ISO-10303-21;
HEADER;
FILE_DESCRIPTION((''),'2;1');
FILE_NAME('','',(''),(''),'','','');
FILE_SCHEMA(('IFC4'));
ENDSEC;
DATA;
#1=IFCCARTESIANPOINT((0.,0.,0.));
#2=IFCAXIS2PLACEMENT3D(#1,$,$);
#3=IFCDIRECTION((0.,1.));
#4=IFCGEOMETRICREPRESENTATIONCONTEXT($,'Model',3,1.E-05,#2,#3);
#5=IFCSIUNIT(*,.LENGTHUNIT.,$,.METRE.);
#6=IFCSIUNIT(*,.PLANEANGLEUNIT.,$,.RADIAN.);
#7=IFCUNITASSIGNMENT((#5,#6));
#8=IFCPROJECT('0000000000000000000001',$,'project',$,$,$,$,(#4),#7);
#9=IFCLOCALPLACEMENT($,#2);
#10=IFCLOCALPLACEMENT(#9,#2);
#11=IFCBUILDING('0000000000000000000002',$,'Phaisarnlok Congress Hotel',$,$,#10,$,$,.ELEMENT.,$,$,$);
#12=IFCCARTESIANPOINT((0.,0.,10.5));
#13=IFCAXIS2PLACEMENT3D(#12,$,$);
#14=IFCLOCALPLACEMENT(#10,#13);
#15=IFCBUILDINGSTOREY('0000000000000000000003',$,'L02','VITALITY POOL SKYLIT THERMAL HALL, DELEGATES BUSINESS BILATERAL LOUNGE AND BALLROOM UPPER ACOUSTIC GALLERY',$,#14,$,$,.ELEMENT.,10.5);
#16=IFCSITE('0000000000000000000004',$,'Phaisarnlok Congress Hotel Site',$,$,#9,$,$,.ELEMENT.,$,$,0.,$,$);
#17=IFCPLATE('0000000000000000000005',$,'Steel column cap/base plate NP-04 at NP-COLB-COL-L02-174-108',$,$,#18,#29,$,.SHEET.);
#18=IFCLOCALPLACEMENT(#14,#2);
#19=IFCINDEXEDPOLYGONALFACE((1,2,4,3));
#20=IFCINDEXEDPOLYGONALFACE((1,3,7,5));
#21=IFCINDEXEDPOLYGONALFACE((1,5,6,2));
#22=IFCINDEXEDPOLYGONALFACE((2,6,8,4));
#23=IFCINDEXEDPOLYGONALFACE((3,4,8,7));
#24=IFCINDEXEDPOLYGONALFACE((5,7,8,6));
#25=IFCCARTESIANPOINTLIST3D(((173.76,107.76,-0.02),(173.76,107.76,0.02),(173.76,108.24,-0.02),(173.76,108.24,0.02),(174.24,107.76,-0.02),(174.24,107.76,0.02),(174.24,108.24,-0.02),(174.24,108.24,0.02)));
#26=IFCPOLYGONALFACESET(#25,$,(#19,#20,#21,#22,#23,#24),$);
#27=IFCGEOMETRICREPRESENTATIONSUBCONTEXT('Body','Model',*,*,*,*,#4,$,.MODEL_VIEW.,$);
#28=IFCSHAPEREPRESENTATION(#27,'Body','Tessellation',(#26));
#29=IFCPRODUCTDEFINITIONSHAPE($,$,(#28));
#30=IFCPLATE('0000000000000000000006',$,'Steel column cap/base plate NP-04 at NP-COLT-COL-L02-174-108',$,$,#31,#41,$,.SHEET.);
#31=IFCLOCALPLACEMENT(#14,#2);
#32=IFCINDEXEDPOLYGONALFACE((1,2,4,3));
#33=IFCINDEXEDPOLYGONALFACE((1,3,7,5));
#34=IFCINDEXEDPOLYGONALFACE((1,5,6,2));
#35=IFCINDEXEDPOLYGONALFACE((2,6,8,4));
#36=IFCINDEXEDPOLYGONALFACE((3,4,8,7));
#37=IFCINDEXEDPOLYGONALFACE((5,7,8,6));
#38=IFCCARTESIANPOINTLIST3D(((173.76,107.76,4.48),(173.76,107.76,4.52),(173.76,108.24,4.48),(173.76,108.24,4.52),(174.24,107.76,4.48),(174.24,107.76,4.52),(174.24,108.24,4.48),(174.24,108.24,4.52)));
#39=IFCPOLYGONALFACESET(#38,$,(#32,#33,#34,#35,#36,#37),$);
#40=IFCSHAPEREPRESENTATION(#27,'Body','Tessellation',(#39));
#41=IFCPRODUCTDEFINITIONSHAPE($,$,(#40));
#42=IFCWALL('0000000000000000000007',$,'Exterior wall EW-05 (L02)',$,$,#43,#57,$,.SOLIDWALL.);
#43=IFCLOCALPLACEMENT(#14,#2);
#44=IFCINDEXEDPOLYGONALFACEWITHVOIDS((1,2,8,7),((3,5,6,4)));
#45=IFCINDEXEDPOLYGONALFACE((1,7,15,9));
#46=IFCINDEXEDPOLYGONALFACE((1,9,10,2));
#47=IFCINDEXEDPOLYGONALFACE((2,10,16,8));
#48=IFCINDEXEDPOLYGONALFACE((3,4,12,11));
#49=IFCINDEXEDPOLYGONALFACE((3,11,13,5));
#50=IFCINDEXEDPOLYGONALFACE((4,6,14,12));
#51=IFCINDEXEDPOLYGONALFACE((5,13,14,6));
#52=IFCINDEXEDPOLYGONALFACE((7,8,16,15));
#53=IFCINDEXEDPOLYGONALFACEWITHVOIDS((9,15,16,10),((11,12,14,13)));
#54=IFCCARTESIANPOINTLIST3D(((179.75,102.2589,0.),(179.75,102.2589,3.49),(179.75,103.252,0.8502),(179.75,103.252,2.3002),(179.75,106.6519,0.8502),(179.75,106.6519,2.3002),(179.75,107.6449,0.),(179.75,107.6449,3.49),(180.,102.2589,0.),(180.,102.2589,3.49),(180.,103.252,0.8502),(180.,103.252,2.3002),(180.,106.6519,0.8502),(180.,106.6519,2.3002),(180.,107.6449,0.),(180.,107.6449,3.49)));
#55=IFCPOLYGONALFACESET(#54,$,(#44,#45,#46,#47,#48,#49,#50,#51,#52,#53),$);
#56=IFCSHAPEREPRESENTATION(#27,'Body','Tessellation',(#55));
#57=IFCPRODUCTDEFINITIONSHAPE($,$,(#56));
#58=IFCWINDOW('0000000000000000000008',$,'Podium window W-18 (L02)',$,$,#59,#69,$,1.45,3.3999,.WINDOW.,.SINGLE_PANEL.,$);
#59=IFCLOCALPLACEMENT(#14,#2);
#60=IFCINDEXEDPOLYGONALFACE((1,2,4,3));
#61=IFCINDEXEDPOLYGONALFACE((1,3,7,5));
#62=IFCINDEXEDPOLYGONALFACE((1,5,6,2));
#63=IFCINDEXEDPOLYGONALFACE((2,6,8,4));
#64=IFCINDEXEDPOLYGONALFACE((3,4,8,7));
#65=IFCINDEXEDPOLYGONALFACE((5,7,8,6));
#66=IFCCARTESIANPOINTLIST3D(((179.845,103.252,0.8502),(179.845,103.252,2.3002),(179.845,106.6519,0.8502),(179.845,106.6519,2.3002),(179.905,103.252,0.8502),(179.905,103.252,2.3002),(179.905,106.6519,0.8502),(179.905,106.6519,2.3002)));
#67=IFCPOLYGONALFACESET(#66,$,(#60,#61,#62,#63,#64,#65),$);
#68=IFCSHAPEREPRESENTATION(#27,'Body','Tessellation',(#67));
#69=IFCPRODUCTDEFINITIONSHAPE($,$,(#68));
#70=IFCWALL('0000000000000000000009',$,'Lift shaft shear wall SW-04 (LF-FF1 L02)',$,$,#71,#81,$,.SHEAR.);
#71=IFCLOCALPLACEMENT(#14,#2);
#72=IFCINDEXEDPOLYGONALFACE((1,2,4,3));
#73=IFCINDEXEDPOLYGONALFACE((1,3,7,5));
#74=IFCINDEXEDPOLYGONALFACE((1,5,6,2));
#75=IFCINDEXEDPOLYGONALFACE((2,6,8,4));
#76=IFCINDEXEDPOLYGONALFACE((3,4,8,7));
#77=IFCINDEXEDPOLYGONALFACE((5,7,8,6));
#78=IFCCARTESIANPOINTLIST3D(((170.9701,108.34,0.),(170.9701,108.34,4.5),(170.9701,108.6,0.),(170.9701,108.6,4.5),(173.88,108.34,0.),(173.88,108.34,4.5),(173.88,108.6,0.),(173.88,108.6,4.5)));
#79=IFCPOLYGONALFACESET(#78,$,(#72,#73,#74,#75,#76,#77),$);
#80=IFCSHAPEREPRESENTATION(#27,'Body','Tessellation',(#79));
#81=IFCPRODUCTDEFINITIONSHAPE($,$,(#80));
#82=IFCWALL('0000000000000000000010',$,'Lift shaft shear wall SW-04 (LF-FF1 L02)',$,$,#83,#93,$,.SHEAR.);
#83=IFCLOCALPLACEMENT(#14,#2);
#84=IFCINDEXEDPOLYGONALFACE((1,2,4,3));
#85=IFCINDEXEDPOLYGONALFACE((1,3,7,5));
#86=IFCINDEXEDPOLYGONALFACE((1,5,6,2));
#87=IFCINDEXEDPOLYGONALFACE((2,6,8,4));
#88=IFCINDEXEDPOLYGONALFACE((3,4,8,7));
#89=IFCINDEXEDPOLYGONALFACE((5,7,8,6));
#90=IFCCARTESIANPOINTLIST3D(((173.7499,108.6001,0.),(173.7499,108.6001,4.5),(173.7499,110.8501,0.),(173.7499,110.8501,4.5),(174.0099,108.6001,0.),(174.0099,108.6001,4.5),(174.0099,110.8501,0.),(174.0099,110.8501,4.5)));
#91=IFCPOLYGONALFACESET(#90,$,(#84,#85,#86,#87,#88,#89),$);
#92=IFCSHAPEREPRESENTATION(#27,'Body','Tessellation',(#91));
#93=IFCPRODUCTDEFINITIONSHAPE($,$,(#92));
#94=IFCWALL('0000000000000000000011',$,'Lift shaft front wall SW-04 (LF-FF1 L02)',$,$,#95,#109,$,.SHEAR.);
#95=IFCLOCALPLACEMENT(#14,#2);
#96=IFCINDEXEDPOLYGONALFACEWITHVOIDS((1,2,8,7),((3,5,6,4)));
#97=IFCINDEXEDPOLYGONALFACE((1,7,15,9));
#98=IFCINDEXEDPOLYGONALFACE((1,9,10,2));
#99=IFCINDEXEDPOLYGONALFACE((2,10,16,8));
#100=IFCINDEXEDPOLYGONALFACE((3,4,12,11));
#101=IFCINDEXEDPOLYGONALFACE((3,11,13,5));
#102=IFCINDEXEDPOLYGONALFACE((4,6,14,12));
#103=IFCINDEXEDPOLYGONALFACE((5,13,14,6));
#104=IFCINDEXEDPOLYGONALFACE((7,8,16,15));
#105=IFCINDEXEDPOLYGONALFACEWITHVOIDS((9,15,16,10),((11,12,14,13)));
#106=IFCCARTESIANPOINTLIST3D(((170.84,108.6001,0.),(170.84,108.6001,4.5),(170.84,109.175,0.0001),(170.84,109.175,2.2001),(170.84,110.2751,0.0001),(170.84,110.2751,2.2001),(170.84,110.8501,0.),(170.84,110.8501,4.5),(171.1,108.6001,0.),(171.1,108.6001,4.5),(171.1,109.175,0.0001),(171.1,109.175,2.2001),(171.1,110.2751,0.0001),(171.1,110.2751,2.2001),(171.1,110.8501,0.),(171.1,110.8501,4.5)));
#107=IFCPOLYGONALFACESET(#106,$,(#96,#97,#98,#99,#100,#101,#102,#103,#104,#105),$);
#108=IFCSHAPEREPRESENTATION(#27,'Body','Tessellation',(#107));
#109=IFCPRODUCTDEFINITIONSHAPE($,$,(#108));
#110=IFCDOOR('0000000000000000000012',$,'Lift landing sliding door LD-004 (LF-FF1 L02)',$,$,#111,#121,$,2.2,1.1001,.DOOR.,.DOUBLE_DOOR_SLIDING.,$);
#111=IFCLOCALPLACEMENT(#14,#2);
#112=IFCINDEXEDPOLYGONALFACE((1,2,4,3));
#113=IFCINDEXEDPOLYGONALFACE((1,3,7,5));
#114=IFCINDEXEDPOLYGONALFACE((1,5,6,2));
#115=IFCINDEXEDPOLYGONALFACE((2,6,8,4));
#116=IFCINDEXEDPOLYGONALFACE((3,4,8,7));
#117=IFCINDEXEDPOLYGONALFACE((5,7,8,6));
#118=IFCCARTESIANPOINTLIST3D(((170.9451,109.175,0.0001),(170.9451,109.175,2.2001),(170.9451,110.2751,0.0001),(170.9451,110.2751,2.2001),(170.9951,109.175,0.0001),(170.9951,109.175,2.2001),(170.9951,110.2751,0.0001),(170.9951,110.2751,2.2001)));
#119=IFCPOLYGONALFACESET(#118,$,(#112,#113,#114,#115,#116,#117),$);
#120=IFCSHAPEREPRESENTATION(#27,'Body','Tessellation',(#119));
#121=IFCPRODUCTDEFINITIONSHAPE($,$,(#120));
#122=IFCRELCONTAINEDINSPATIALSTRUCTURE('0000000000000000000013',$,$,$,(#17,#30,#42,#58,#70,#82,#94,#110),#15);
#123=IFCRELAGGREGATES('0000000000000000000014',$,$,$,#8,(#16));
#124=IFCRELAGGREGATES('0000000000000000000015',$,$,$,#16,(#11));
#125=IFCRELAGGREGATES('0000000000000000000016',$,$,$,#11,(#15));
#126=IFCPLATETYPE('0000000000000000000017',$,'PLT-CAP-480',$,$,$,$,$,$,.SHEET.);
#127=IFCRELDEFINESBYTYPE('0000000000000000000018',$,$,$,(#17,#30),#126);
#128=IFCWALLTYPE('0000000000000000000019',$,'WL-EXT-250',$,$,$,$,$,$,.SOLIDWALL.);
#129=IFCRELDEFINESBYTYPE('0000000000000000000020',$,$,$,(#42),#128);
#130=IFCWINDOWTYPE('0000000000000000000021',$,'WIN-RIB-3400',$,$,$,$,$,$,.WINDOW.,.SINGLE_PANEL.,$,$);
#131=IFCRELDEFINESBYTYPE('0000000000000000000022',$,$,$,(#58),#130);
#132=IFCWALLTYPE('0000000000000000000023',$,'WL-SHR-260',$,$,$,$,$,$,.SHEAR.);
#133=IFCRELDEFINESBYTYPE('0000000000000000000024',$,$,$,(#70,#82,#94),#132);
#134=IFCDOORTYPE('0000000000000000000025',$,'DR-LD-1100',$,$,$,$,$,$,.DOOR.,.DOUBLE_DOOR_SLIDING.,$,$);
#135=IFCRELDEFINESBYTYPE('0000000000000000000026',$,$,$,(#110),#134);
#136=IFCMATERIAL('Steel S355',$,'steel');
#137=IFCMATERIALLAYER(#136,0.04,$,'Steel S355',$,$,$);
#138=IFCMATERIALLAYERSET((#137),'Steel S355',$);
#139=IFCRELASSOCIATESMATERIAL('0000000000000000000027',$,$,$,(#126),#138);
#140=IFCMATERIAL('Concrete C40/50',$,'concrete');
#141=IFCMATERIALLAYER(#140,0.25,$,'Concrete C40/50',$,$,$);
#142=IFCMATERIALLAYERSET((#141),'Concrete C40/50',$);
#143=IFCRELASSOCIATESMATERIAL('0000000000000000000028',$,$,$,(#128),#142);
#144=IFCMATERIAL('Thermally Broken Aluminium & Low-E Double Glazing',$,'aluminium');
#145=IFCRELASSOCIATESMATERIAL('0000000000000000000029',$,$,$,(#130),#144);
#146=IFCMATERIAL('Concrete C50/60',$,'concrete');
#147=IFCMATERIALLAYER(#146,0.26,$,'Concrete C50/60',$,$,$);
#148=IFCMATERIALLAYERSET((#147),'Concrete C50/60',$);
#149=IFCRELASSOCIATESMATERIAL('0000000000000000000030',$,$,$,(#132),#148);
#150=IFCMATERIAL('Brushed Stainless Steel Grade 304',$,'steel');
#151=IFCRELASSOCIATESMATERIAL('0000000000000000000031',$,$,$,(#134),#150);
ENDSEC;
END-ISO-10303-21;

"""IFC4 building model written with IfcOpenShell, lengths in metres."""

from ifc_helpers import new_model, si_unit, direction, frame, frame_2d, origin, origin_2d, place, context, subcontext, project, spatial, rectangle, extrude, material, layer, layer_set, type_object, element, fill, save


model = new_model("IFC4")

# Units and contexts
model_context = context("Model", 3, precision=1e-05, world=origin(), true_north=direction((0.0, 1.0)))
body_context = subcontext(model_context, "Body", "Model", "MODEL_VIEW")
ifc_project = project(units=[si_unit("LENGTHUNIT", "METRE"), si_unit("PLANEANGLEUNIT", "RADIAN")], contexts=[model_context])

# Site, building, storey
site_placement = place(None, origin())
site = spatial("IfcSite", under=ifc_project, at=site_placement, Name="Phaisarnlok Congress Hotel Site", CompositionType="ELEMENT", RefElevation=0.0)
building_placement = place(site_placement, origin())
building = spatial("IfcBuilding", under=site, at=building_placement, Name="Phaisarnlok Congress Hotel", CompositionType="ELEMENT")
storey_placement = place(building_placement, frame((0.0, 0.0, 10.5)))
storey = spatial("IfcBuildingStorey", under=building, at=storey_placement, Name="L02", Description="VITALITY POOL SKYLIT THERMAL HALL, DELEGATES BUSINESS BILATERAL LOUNGE AND BALLROOM UPPER ACOUSTIC GALLERY", CompositionType="ELEMENT", Elevation=10.5)

# Shared definitions
ifc_material_1 = material(Name="Concrete C50/60", Category="concrete")
ifc_material_2 = material(Name="Steel S355", Category="steel")

# Shared definitions
ifc_material_3 = material(Name="Concrete C40/50", Category="concrete")

# Plates
ifc_layer_1 = layer(ifc_material_2, 0.04, Name="Steel S355")
ifc_layer_set_1 = layer_set([ifc_layer_1], Name="Steel S355")
plate_type_1 = type_object("IfcPlateType", Name="PLT-CAP-480", PredefinedType="SHEET", material=ifc_layer_set_1)
for number, where, z_axis, x_axis, name in (
    (1, (174.0, 108.0, -0.02), (0.0, 0.0, 1.0), (1.0, 0.0, 0.0), "Steel column cap/base plate NP-04 at NP-COLB-COL-L02-174-108"),
    (2, (174.0, 108.0, 4.48), (0.0, 0.0, 1.0), (1.0, 0.0, 0.0), "Steel column cap/base plate NP-04 at NP-COLT-COL-L02-174-108"),
):
    element("IfcPlate", number, at=place(storey_placement, frame(where, z_axis=z_axis, x_axis=x_axis)), inside=storey, type_object=plate_type_1, Name=name, PredefinedType="SHEET", context=body_context, shape_type="SweptSolid", body=[
        extrude(rectangle(XDim=0.48, YDim=0.48, at=origin_2d()), origin(), (0.0, 0.0, 1.0), 0.04),
    ])

# Wall, opening, window
ifc_layer_2 = layer(ifc_material_3, 0.25, Name="Concrete C40/50")
ifc_layer_set_2 = layer_set([ifc_layer_2], Name="Concrete C40/50")
wall_type_1 = type_object("IfcWallType", Name="WL-EXT-250", PredefinedType="SOLIDWALL", material=ifc_layer_set_2)
wall_1_placement = place(storey_placement, frame((179.875, 102.259, 0.0), z_axis=(0.0, 0.0, 1.0), x_axis=(0.0, 1.0, 0.0)))
wall_1 = element("IfcWall", 3, at=wall_1_placement, inside=storey, type_object=wall_type_1, Name="Exterior wall EW-05 (L02)", PredefinedType="SOLIDWALL", context=body_context, shape_type="SweptSolid", body=[
    extrude(rectangle(XDim=5.386, YDim=0.25, at=frame_2d((2.6929, 0.0))), origin(), (0.0, 0.0, 1.0), 3.49),
])
opening_1_placement = place(wall_1_placement, frame((0.9929, 0.0, 0.8501)))
opening_1 = element("IfcOpeningElement", 4, at=opening_1_placement, cuts=wall_1, PredefinedType="OPENING", context=body_context, shape_type="SweptSolid", body=[
    extrude(rectangle(XDim=3.3999, YDim=1.45, at=frame_2d((1.7, 0.7251))), frame((0.0, 0.135, 0.0), z_axis=(0.0, -1.0, 0.0), x_axis=(1.0, 0.0, 0.0)), (0.0, 0.0, 1.0), 0.27),
])
ifc_material_4 = material(Name="Thermally Broken Aluminium & Low-E Double Glazing", Category="aluminium")
window_type = type_object("IfcWindowType", Name="WIN-RIB-3400", PartitioningType="SINGLE_PANEL", PredefinedType="WINDOW", material=ifc_material_4)
window_placement = place(opening_1_placement, origin())
window = element("IfcWindow", 5, at=window_placement, inside=storey, type_object=window_type, Name="Podium window W-18 (L02)", OverallHeight=1.45, OverallWidth=3.3999, PartitioningType="SINGLE_PANEL", PredefinedType="WINDOW", context=body_context, shape_type="SweptSolid", body=[
    extrude(rectangle(XDim=3.3999, YDim=1.45, at=frame_2d((1.7, 0.7251))), frame((0.0, 0.03, 0.0), z_axis=(0.0, -1.0, 0.0), x_axis=(1.0, 0.0, 0.0)), (0.0, 0.0, 1.0), 0.0601),
])
fill(opening_1, window)

# Walls
ifc_layer_3 = layer(ifc_material_1, 0.26, Name="Concrete C50/60")
ifc_layer_set_3 = layer_set([ifc_layer_3], Name="Concrete C50/60")
wall_type_2 = type_object("IfcWallType", Name="WL-SHR-260", PredefinedType="SHEAR", material=ifc_layer_set_3)
wall_2_placement = place(storey_placement, frame((170.97, 108.47, 0.0), z_axis=(0.0, 0.0, 1.0), x_axis=(1.0, 0.0, 0.0)))
element("IfcWall", 6, at=wall_2_placement, inside=storey, type_object=wall_type_2, Name="Lift shaft shear wall SW-04 (LF-FF1 L02)", PredefinedType="SHEAR", context=body_context, shape_type="SweptSolid", body=[
    extrude(rectangle(XDim=2.9099, YDim=0.26, at=frame_2d((1.4551, 0.0))), origin(), (0.0, 0.0, 1.0), 4.5),
])
wall_3_placement = place(storey_placement, frame((173.8799, 108.6001, 0.0), z_axis=(0.0, 0.0, 1.0), x_axis=(0.0, 1.0, 0.0)))
element("IfcWall", 7, at=wall_3_placement, inside=storey, type_object=wall_type_2, Name="Lift shaft shear wall SW-04 (LF-FF1 L02)", PredefinedType="SHEAR", context=body_context, shape_type="SweptSolid", body=[
    extrude(rectangle(XDim=2.25, YDim=0.26, at=frame_2d((1.125, 0.0))), origin(), (0.0, 0.0, 1.0), 4.5),
])

# Wall, opening, door
wall_4_placement = place(storey_placement, frame((170.97, 108.6001, 0.0), z_axis=(0.0, 0.0, 1.0), x_axis=(0.0, 1.0, 0.0)))
wall_4 = element("IfcWall", 8, at=wall_4_placement, inside=storey, type_object=wall_type_2, Name="Lift shaft front wall SW-04 (LF-FF1 L02)", PredefinedType="SHEAR", context=body_context, shape_type="SweptSolid", body=[
    extrude(rectangle(XDim=2.25, YDim=0.26, at=frame_2d((1.125, 0.0))), origin(), (0.0, 0.0, 1.0), 4.5),
])
opening_2_placement = place(wall_4_placement, frame((0.575, 0.0, 0.0)))
opening_2 = element("IfcOpeningElement", 9, at=opening_2_placement, cuts=wall_4, PredefinedType="OPENING", context=body_context, shape_type="SweptSolid", body=[
    extrude(rectangle(XDim=1.1001, YDim=2.2, at=frame_2d((0.55, 1.1001))), frame((0.0, 0.1401, 0.0), z_axis=(0.0, -1.0, 0.0), x_axis=(1.0, 0.0, 0.0)), (0.0, 0.0, 1.0), 0.28),
])
ifc_material_5 = material(Name="Brushed Stainless Steel Grade 304", Category="steel")
door_type = type_object("IfcDoorType", Name="DR-LD-1100", OperationType="DOUBLE_DOOR_SLIDING", PredefinedType="DOOR", material=ifc_material_5)
door_placement = place(opening_2_placement, origin())
door = element("IfcDoor", 10, at=door_placement, inside=storey, type_object=door_type, Name="Lift landing sliding door LD-004 (LF-FF1 L02)", OperationType="DOUBLE_DOOR_SLIDING", OverallHeight=2.2, OverallWidth=1.1001, PredefinedType="DOOR", context=body_context, shape_type="SweptSolid", body=[
    extrude(rectangle(XDim=1.1001, YDim=2.2, at=frame_2d((0.55, 1.1001))), frame((0.0, 0.0249, 0.0), z_axis=(0.0, -1.0, 0.0), x_axis=(1.0, 0.0, 0.0)), (0.0, 0.0, 1.0), 0.05),
])
fill(opening_2, door)

save(model, "model.ifc")
